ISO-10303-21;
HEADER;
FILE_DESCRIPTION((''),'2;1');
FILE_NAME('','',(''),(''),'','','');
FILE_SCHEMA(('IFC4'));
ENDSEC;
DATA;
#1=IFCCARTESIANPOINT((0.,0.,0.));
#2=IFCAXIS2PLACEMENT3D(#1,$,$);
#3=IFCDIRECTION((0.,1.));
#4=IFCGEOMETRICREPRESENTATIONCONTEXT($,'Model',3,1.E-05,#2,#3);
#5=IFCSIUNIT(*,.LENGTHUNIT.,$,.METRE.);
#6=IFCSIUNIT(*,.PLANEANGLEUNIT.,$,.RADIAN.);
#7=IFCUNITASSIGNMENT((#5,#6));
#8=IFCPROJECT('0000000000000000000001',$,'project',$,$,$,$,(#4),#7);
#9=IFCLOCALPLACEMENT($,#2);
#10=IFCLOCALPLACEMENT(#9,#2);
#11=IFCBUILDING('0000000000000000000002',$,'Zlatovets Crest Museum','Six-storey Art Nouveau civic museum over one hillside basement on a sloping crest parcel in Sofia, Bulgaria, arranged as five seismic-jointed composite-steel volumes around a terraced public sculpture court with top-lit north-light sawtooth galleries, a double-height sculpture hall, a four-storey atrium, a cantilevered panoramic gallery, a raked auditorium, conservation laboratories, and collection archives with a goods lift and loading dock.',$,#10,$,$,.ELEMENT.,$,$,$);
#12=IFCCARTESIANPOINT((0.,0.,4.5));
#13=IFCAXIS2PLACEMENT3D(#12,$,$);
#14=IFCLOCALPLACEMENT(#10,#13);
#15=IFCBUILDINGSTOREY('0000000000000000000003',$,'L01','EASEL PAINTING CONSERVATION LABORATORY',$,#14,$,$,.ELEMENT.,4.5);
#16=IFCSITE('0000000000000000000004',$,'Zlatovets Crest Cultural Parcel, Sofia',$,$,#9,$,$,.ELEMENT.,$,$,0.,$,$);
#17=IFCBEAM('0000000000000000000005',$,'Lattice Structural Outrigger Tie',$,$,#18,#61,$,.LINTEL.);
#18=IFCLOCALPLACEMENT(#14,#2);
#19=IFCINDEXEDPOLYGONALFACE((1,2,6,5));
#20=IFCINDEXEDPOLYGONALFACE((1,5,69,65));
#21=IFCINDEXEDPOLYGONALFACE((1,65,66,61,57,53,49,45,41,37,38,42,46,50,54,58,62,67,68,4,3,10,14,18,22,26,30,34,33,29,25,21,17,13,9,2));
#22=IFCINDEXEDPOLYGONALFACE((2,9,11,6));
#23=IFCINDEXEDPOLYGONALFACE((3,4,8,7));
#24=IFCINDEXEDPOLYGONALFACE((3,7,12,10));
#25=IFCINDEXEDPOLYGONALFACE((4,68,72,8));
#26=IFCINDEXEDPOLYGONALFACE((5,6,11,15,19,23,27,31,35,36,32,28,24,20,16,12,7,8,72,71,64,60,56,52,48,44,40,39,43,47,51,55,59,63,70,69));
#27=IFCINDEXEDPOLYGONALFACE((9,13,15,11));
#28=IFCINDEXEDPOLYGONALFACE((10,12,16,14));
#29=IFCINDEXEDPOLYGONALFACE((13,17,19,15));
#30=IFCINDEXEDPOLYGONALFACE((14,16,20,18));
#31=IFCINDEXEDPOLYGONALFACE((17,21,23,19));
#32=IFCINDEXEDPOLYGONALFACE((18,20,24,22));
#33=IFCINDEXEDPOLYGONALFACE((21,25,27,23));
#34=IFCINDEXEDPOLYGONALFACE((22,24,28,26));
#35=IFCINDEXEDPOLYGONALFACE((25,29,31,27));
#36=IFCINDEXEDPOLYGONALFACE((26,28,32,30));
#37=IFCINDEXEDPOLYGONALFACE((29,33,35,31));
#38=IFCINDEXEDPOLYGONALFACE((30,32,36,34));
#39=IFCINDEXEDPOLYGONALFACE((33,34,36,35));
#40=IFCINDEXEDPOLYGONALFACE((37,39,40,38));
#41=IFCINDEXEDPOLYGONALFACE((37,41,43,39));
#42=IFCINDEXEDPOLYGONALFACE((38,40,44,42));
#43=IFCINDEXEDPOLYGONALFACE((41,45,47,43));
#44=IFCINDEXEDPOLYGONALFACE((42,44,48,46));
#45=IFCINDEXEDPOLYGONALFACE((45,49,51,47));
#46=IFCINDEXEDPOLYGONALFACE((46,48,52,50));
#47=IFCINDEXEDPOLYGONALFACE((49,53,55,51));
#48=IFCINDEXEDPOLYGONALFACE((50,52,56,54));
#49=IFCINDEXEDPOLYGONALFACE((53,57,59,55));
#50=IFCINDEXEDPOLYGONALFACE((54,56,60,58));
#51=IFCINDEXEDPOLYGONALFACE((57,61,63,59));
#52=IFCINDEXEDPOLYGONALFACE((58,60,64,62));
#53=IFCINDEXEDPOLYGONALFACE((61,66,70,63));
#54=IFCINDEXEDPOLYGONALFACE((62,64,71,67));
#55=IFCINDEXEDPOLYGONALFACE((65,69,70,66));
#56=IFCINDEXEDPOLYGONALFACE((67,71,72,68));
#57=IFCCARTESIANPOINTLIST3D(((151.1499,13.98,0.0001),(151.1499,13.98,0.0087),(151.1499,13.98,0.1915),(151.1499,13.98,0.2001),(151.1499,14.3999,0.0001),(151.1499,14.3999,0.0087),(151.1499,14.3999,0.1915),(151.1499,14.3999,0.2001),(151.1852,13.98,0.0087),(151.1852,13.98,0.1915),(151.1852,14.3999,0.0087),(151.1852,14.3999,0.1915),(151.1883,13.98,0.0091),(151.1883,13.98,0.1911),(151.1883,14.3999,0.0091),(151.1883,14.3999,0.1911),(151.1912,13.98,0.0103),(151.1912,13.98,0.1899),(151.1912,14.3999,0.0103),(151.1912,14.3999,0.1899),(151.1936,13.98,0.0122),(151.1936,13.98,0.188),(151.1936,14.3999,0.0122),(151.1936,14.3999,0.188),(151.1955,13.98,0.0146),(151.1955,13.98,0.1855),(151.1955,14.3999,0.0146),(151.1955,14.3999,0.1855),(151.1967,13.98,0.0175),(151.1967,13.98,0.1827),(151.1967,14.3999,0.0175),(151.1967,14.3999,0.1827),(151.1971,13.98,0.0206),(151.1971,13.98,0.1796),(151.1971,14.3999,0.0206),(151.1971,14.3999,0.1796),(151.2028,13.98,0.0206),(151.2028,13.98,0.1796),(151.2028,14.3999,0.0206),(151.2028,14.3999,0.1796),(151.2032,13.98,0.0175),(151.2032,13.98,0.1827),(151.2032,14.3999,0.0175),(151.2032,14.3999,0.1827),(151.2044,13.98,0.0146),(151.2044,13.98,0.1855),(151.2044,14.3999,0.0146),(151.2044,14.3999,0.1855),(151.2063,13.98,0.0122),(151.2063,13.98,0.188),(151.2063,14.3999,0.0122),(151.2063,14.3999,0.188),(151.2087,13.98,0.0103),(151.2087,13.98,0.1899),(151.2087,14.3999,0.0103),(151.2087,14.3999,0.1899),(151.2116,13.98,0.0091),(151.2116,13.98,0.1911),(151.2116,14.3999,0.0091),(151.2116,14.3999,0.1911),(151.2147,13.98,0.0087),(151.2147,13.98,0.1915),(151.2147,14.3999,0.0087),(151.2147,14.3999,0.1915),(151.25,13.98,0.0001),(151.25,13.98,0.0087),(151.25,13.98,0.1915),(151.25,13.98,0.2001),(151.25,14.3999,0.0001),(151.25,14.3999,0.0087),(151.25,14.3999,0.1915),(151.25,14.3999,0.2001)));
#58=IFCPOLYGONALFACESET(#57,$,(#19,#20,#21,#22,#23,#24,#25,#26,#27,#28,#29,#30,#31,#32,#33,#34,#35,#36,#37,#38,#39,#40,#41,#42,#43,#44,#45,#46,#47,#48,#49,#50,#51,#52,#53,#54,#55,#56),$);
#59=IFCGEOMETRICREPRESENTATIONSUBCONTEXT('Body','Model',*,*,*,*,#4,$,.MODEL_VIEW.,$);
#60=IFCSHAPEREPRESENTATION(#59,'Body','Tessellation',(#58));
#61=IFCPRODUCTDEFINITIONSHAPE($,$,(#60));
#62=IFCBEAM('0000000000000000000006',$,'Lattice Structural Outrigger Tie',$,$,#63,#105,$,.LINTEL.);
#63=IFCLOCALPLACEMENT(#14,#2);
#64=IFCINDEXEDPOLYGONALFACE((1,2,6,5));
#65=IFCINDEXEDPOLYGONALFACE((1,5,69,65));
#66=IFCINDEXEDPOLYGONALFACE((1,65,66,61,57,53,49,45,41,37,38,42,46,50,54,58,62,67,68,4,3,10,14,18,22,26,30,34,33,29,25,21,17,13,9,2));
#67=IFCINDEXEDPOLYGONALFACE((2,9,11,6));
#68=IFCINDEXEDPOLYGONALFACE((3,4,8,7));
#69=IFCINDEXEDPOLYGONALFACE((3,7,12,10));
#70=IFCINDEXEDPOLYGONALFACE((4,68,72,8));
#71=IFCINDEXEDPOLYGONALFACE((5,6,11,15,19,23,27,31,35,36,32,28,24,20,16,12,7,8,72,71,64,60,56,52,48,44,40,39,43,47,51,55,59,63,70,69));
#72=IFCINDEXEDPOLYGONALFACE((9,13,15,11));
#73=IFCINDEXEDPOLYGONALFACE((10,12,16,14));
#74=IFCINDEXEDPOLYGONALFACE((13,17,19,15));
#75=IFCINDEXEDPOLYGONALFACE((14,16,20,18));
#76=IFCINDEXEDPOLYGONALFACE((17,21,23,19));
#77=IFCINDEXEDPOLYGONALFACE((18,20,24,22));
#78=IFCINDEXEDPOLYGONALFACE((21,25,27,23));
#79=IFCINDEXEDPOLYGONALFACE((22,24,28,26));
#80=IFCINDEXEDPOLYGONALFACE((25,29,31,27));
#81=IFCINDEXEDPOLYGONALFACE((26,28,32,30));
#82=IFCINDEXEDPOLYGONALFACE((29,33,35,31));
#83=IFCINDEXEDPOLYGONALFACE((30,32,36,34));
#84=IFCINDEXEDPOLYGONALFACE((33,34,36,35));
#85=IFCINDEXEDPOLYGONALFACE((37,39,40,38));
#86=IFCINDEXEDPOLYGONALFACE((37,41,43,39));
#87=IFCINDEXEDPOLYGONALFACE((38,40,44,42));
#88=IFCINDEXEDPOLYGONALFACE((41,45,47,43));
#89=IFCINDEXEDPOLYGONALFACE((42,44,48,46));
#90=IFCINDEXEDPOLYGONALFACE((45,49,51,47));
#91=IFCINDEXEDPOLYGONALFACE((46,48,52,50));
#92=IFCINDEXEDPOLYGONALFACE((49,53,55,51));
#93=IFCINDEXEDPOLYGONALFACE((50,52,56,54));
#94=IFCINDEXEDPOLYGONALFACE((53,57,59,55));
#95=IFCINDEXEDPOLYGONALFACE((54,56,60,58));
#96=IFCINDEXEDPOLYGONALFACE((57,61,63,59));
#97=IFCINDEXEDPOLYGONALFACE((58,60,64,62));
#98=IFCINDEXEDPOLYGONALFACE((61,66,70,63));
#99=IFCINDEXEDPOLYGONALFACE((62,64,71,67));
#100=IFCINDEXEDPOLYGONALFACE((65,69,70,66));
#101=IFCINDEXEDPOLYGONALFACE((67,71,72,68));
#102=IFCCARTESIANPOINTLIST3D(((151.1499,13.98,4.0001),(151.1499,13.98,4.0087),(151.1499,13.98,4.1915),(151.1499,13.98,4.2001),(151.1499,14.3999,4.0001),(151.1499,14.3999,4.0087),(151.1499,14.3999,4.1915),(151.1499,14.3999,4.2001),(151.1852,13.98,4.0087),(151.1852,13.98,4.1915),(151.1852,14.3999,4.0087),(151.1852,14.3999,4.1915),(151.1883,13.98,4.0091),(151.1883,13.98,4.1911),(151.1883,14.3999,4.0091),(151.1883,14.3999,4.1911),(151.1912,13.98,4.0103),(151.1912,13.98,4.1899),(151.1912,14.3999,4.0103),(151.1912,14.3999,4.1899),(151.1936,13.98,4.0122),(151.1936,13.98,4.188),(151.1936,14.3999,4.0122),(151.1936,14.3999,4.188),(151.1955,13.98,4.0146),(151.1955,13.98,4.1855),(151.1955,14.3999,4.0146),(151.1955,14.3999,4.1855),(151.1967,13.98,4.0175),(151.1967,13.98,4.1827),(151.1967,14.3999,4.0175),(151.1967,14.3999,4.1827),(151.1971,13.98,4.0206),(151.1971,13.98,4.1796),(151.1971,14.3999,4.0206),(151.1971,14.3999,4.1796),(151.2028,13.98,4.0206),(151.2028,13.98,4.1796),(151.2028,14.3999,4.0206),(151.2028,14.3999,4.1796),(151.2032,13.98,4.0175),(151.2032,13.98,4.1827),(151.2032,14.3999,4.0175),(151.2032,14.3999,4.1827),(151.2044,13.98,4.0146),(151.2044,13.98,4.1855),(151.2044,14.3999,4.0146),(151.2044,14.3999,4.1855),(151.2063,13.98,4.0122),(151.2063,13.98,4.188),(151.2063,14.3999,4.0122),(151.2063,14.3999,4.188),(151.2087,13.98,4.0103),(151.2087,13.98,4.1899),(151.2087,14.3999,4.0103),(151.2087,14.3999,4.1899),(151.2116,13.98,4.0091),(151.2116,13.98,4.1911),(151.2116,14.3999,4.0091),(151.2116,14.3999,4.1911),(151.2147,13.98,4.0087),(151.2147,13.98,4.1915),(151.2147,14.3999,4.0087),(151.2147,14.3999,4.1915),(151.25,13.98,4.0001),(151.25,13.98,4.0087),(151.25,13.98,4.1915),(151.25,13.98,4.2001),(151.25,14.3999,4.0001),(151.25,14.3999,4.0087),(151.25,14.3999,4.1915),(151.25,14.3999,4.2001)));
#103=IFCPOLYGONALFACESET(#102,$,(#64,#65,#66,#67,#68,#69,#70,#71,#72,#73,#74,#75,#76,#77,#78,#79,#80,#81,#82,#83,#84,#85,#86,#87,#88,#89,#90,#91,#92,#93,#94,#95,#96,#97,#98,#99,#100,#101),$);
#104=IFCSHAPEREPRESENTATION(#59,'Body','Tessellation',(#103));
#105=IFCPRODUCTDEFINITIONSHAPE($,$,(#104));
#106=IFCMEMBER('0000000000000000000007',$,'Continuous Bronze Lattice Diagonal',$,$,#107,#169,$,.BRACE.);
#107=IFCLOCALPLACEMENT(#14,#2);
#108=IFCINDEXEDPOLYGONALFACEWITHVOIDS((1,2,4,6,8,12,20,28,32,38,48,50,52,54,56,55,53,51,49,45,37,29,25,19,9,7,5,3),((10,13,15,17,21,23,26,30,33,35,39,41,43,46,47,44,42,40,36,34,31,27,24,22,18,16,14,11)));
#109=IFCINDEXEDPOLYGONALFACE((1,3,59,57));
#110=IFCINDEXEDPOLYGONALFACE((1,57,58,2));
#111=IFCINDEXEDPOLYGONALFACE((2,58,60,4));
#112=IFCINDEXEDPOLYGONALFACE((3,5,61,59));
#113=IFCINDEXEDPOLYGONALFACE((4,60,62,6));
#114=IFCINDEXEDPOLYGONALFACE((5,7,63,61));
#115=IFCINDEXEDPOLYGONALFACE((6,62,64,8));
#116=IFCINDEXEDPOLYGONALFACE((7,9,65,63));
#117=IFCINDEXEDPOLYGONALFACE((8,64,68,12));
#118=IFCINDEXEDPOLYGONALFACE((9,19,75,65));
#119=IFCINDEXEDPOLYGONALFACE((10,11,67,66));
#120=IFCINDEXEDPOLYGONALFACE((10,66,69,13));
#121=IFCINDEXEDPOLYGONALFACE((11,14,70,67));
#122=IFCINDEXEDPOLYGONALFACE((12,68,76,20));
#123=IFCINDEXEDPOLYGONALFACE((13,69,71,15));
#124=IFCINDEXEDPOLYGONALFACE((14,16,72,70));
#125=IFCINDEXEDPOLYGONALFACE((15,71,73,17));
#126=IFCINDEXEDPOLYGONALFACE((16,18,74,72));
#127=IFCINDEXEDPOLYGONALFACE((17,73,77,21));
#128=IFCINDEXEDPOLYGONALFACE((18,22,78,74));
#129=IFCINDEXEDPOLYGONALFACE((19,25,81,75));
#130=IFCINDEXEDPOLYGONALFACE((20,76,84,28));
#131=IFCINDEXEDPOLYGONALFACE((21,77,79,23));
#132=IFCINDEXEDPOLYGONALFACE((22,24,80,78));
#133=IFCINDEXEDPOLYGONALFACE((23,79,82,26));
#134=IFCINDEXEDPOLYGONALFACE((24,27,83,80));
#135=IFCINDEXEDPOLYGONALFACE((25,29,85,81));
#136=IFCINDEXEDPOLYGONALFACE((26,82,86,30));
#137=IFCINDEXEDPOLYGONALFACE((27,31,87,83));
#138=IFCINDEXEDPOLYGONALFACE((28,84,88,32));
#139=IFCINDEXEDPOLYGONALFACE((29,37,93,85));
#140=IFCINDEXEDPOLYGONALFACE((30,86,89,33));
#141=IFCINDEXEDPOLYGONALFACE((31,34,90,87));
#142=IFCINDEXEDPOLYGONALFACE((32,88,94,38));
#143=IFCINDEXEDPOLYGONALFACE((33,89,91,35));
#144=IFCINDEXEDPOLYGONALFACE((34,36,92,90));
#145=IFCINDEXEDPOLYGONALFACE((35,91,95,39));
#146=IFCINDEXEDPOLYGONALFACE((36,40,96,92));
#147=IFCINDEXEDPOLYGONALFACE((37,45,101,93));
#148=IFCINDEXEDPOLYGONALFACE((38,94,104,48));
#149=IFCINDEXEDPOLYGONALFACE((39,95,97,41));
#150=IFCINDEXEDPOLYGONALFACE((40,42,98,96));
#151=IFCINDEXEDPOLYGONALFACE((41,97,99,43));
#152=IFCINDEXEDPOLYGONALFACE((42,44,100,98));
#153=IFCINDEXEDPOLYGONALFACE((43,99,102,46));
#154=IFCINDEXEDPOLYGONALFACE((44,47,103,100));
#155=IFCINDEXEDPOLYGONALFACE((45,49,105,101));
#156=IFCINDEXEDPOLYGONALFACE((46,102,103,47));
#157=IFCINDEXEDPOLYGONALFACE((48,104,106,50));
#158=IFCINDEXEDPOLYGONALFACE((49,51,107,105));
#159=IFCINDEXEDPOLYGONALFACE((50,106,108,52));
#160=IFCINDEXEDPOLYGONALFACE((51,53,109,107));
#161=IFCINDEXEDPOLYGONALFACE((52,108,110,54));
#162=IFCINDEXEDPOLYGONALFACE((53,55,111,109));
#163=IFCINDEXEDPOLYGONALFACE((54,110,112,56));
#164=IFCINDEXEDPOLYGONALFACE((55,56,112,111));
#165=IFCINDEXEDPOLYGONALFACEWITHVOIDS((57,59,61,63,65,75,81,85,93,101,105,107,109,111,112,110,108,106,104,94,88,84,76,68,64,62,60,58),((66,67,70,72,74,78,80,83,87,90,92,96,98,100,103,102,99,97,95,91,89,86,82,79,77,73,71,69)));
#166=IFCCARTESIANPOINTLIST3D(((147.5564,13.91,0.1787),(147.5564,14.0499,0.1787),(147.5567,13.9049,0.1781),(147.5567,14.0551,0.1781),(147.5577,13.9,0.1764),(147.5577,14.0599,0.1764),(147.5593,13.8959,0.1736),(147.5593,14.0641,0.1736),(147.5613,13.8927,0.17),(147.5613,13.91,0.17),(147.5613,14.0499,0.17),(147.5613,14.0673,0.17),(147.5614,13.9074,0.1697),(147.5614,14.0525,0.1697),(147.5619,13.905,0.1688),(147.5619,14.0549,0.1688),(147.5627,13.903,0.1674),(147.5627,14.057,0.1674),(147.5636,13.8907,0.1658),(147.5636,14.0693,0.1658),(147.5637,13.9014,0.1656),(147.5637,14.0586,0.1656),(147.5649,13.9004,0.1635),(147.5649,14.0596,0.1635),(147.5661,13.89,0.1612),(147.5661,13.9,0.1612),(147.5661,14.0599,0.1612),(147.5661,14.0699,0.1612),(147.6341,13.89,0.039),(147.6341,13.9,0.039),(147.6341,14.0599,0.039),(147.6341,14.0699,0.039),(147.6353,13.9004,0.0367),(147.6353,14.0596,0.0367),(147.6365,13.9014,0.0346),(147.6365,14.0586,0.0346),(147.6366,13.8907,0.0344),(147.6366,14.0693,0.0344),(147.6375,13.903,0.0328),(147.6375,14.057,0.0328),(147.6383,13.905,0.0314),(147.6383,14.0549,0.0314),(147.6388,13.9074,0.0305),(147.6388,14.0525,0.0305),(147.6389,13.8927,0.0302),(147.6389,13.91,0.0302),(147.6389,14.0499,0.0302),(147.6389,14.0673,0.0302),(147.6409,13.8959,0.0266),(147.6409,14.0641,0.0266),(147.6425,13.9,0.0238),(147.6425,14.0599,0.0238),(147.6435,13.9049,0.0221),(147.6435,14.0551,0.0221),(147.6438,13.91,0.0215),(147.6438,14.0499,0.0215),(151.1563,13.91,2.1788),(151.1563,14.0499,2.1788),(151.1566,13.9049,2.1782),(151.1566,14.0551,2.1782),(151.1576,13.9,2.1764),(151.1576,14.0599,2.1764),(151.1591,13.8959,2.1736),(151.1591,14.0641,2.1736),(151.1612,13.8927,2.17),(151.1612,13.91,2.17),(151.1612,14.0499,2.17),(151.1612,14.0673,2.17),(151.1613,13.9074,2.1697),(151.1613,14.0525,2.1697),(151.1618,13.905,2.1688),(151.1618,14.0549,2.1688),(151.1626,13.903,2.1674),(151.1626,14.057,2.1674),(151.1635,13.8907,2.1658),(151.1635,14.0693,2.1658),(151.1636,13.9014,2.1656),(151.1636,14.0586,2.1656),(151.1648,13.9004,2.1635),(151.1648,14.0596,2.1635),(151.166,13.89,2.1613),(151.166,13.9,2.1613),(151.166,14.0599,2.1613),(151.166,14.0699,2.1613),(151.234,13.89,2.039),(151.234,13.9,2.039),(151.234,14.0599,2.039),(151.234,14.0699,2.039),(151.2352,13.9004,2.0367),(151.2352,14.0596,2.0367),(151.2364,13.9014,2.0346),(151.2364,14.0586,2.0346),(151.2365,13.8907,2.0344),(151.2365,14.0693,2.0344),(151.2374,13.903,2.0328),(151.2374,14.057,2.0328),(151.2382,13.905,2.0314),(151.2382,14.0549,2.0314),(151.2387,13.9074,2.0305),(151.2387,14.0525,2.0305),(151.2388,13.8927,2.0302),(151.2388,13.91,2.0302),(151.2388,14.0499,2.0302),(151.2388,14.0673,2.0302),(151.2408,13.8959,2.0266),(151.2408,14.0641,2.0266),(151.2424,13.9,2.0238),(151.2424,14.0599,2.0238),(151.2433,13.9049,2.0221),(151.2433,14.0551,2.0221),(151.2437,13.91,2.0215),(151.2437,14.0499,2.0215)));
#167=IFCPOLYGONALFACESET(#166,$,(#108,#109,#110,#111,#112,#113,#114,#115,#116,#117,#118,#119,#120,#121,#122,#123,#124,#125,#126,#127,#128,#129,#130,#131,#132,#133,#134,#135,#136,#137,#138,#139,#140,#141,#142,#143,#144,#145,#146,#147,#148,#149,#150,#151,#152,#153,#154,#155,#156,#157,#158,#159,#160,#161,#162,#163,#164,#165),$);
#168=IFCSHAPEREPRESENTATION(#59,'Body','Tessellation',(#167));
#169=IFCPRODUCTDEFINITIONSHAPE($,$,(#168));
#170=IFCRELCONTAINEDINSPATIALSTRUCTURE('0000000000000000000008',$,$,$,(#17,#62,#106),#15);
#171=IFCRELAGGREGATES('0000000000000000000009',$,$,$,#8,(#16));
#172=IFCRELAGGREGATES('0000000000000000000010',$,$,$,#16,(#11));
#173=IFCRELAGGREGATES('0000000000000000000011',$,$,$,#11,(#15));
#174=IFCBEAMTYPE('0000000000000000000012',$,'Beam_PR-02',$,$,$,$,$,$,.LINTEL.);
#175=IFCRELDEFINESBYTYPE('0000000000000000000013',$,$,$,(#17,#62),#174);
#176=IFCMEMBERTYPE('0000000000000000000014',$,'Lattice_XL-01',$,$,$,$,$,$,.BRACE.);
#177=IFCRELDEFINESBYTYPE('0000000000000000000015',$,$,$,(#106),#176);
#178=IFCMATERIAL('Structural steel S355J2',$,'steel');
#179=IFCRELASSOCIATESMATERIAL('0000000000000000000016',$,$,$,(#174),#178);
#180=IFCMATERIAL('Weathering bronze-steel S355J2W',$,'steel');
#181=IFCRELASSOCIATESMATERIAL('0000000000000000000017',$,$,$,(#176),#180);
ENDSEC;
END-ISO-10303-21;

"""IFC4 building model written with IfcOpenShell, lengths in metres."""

from ifc_helpers import new_model, si_unit, direction, frame, origin, origin_2d, place, context, subcontext, project, spatial, hollow_rectangle, i_section, extrude, material, material_profile, profile_set, type_object, element, save


model = new_model("IFC4")

# Units and contexts
model_context = context("Model", 3, precision=1e-05, world=origin(), true_north=direction((0.0, 1.0)))
body_context = subcontext(model_context, "Body", "Model", "MODEL_VIEW")
ifc_project = project(units=[si_unit("LENGTHUNIT", "METRE"), si_unit("PLANEANGLEUNIT", "RADIAN")], contexts=[model_context])

# Site, building, storey
site_placement = place(None, origin())
site = spatial("IfcSite", under=ifc_project, at=site_placement, Name="Zlatovets Crest Cultural Parcel, Sofia", CompositionType="ELEMENT", RefElevation=0.0)
building_placement = place(site_placement, origin())
building = spatial("IfcBuilding", under=site, at=building_placement, Name="Zlatovets Crest Museum", Description="Six-storey Art Nouveau civic museum over one hillside basement on a sloping crest parcel in Sofia, Bulgaria, arranged as five seismic-jointed composite-steel volumes around a terraced public sculpture court with top-lit north-light sawtooth galleries, a double-height sculpture hall, a four-storey atrium, a cantilevered panoramic gallery, a raked auditorium, conservation laboratories, and collection archives with a goods lift and loading dock.", CompositionType="ELEMENT")
storey_placement = place(building_placement, frame((0.0, 0.0, 4.5)))
storey = spatial("IfcBuildingStorey", under=building, at=storey_placement, Name="L01", Description="EASEL PAINTING CONSERVATION LABORATORY", CompositionType="ELEMENT", Elevation=4.5)

# Shared definitions
ifc_material_1 = material(Name="Structural steel S355J2", Category="steel")

# Beams
ifc_material_profile_1 = material_profile(ifc_material_1, i_section(OverallWidth=0.1001, OverallDepth=0.2, WebThickness=0.0056, FlangeThickness=0.0085, FilletRadius=0.012, at=origin_2d()), Name="IPE 200")
ifc_profile_set_1 = profile_set([ifc_material_profile_1], Name="Structural steel S355J2")
beam_type_1 = type_object("IfcBeamType", Name="Beam_PR-02", PredefinedType="LINTEL", material=ifc_profile_set_1)
for number, where, z_axis, x_axis, name in (
    (1, (151.2, 14.3999, 0.1001), (0.0, -1.0, 0.0), (1.0, 0.0, 0.0), "Lattice Structural Outrigger Tie"),
    (2, (151.2, 14.3999, 4.1001), (0.0, -1.0, 0.0), (1.0, 0.0, 0.0), "Lattice Structural Outrigger Tie"),
):
    element("IfcBeam", number, at=place(storey_placement, frame(where, z_axis=z_axis, x_axis=x_axis)), inside=storey, type_object=beam_type_1, Name=name, PredefinedType="LINTEL", context=body_context, shape_type="SweptSolid", body=[
        extrude(i_section(OverallWidth=0.1001, OverallDepth=0.2, WebThickness=0.0056, FlangeThickness=0.0085, FilletRadius=0.012, at=origin_2d()), origin(), (0.0, 0.0, 1.0), 0.4199),
    ])

# Member
ifc_material_2 = material(Name="Weathering bronze-steel S355J2W", Category="steel")
ifc_material_profile_2 = material_profile(ifc_material_2, hollow_rectangle(XDim=0.1799, YDim=0.1799, WallThickness=0.01, InnerFilletRadius=0.01, OuterFilletRadius=0.02, at=origin_2d()), Name="SHS 180x180x10.0")
ifc_profile_set_2 = profile_set([ifc_material_profile_2], Name="Weathering bronze-steel S355J2W")
member_type_1 = type_object("IfcMemberType", Name="Lattice_XL-01", PredefinedType="BRACE", material=ifc_profile_set_2)
member_1_placement = place(storey_placement, frame((147.6001, 13.98, 0.1001), z_axis=(0.874149, 0.0, 0.485658), x_axis=(0.0, 1.0, 0.0)))
element("IfcMember", 3, at=member_1_placement, inside=storey, type_object=member_type_1, Name="Continuous Bronze Lattice Diagonal", PredefinedType="BRACE", context=body_context, shape_type="SweptSolid", body=[
    extrude(hollow_rectangle(XDim=0.1799, YDim=0.1799, WallThickness=0.01, InnerFilletRadius=0.01, OuterFilletRadius=0.02, at=origin_2d()), origin(), (0.0, 0.0, 1.0), 4.1182),
])

save(model, "model.ifc")
